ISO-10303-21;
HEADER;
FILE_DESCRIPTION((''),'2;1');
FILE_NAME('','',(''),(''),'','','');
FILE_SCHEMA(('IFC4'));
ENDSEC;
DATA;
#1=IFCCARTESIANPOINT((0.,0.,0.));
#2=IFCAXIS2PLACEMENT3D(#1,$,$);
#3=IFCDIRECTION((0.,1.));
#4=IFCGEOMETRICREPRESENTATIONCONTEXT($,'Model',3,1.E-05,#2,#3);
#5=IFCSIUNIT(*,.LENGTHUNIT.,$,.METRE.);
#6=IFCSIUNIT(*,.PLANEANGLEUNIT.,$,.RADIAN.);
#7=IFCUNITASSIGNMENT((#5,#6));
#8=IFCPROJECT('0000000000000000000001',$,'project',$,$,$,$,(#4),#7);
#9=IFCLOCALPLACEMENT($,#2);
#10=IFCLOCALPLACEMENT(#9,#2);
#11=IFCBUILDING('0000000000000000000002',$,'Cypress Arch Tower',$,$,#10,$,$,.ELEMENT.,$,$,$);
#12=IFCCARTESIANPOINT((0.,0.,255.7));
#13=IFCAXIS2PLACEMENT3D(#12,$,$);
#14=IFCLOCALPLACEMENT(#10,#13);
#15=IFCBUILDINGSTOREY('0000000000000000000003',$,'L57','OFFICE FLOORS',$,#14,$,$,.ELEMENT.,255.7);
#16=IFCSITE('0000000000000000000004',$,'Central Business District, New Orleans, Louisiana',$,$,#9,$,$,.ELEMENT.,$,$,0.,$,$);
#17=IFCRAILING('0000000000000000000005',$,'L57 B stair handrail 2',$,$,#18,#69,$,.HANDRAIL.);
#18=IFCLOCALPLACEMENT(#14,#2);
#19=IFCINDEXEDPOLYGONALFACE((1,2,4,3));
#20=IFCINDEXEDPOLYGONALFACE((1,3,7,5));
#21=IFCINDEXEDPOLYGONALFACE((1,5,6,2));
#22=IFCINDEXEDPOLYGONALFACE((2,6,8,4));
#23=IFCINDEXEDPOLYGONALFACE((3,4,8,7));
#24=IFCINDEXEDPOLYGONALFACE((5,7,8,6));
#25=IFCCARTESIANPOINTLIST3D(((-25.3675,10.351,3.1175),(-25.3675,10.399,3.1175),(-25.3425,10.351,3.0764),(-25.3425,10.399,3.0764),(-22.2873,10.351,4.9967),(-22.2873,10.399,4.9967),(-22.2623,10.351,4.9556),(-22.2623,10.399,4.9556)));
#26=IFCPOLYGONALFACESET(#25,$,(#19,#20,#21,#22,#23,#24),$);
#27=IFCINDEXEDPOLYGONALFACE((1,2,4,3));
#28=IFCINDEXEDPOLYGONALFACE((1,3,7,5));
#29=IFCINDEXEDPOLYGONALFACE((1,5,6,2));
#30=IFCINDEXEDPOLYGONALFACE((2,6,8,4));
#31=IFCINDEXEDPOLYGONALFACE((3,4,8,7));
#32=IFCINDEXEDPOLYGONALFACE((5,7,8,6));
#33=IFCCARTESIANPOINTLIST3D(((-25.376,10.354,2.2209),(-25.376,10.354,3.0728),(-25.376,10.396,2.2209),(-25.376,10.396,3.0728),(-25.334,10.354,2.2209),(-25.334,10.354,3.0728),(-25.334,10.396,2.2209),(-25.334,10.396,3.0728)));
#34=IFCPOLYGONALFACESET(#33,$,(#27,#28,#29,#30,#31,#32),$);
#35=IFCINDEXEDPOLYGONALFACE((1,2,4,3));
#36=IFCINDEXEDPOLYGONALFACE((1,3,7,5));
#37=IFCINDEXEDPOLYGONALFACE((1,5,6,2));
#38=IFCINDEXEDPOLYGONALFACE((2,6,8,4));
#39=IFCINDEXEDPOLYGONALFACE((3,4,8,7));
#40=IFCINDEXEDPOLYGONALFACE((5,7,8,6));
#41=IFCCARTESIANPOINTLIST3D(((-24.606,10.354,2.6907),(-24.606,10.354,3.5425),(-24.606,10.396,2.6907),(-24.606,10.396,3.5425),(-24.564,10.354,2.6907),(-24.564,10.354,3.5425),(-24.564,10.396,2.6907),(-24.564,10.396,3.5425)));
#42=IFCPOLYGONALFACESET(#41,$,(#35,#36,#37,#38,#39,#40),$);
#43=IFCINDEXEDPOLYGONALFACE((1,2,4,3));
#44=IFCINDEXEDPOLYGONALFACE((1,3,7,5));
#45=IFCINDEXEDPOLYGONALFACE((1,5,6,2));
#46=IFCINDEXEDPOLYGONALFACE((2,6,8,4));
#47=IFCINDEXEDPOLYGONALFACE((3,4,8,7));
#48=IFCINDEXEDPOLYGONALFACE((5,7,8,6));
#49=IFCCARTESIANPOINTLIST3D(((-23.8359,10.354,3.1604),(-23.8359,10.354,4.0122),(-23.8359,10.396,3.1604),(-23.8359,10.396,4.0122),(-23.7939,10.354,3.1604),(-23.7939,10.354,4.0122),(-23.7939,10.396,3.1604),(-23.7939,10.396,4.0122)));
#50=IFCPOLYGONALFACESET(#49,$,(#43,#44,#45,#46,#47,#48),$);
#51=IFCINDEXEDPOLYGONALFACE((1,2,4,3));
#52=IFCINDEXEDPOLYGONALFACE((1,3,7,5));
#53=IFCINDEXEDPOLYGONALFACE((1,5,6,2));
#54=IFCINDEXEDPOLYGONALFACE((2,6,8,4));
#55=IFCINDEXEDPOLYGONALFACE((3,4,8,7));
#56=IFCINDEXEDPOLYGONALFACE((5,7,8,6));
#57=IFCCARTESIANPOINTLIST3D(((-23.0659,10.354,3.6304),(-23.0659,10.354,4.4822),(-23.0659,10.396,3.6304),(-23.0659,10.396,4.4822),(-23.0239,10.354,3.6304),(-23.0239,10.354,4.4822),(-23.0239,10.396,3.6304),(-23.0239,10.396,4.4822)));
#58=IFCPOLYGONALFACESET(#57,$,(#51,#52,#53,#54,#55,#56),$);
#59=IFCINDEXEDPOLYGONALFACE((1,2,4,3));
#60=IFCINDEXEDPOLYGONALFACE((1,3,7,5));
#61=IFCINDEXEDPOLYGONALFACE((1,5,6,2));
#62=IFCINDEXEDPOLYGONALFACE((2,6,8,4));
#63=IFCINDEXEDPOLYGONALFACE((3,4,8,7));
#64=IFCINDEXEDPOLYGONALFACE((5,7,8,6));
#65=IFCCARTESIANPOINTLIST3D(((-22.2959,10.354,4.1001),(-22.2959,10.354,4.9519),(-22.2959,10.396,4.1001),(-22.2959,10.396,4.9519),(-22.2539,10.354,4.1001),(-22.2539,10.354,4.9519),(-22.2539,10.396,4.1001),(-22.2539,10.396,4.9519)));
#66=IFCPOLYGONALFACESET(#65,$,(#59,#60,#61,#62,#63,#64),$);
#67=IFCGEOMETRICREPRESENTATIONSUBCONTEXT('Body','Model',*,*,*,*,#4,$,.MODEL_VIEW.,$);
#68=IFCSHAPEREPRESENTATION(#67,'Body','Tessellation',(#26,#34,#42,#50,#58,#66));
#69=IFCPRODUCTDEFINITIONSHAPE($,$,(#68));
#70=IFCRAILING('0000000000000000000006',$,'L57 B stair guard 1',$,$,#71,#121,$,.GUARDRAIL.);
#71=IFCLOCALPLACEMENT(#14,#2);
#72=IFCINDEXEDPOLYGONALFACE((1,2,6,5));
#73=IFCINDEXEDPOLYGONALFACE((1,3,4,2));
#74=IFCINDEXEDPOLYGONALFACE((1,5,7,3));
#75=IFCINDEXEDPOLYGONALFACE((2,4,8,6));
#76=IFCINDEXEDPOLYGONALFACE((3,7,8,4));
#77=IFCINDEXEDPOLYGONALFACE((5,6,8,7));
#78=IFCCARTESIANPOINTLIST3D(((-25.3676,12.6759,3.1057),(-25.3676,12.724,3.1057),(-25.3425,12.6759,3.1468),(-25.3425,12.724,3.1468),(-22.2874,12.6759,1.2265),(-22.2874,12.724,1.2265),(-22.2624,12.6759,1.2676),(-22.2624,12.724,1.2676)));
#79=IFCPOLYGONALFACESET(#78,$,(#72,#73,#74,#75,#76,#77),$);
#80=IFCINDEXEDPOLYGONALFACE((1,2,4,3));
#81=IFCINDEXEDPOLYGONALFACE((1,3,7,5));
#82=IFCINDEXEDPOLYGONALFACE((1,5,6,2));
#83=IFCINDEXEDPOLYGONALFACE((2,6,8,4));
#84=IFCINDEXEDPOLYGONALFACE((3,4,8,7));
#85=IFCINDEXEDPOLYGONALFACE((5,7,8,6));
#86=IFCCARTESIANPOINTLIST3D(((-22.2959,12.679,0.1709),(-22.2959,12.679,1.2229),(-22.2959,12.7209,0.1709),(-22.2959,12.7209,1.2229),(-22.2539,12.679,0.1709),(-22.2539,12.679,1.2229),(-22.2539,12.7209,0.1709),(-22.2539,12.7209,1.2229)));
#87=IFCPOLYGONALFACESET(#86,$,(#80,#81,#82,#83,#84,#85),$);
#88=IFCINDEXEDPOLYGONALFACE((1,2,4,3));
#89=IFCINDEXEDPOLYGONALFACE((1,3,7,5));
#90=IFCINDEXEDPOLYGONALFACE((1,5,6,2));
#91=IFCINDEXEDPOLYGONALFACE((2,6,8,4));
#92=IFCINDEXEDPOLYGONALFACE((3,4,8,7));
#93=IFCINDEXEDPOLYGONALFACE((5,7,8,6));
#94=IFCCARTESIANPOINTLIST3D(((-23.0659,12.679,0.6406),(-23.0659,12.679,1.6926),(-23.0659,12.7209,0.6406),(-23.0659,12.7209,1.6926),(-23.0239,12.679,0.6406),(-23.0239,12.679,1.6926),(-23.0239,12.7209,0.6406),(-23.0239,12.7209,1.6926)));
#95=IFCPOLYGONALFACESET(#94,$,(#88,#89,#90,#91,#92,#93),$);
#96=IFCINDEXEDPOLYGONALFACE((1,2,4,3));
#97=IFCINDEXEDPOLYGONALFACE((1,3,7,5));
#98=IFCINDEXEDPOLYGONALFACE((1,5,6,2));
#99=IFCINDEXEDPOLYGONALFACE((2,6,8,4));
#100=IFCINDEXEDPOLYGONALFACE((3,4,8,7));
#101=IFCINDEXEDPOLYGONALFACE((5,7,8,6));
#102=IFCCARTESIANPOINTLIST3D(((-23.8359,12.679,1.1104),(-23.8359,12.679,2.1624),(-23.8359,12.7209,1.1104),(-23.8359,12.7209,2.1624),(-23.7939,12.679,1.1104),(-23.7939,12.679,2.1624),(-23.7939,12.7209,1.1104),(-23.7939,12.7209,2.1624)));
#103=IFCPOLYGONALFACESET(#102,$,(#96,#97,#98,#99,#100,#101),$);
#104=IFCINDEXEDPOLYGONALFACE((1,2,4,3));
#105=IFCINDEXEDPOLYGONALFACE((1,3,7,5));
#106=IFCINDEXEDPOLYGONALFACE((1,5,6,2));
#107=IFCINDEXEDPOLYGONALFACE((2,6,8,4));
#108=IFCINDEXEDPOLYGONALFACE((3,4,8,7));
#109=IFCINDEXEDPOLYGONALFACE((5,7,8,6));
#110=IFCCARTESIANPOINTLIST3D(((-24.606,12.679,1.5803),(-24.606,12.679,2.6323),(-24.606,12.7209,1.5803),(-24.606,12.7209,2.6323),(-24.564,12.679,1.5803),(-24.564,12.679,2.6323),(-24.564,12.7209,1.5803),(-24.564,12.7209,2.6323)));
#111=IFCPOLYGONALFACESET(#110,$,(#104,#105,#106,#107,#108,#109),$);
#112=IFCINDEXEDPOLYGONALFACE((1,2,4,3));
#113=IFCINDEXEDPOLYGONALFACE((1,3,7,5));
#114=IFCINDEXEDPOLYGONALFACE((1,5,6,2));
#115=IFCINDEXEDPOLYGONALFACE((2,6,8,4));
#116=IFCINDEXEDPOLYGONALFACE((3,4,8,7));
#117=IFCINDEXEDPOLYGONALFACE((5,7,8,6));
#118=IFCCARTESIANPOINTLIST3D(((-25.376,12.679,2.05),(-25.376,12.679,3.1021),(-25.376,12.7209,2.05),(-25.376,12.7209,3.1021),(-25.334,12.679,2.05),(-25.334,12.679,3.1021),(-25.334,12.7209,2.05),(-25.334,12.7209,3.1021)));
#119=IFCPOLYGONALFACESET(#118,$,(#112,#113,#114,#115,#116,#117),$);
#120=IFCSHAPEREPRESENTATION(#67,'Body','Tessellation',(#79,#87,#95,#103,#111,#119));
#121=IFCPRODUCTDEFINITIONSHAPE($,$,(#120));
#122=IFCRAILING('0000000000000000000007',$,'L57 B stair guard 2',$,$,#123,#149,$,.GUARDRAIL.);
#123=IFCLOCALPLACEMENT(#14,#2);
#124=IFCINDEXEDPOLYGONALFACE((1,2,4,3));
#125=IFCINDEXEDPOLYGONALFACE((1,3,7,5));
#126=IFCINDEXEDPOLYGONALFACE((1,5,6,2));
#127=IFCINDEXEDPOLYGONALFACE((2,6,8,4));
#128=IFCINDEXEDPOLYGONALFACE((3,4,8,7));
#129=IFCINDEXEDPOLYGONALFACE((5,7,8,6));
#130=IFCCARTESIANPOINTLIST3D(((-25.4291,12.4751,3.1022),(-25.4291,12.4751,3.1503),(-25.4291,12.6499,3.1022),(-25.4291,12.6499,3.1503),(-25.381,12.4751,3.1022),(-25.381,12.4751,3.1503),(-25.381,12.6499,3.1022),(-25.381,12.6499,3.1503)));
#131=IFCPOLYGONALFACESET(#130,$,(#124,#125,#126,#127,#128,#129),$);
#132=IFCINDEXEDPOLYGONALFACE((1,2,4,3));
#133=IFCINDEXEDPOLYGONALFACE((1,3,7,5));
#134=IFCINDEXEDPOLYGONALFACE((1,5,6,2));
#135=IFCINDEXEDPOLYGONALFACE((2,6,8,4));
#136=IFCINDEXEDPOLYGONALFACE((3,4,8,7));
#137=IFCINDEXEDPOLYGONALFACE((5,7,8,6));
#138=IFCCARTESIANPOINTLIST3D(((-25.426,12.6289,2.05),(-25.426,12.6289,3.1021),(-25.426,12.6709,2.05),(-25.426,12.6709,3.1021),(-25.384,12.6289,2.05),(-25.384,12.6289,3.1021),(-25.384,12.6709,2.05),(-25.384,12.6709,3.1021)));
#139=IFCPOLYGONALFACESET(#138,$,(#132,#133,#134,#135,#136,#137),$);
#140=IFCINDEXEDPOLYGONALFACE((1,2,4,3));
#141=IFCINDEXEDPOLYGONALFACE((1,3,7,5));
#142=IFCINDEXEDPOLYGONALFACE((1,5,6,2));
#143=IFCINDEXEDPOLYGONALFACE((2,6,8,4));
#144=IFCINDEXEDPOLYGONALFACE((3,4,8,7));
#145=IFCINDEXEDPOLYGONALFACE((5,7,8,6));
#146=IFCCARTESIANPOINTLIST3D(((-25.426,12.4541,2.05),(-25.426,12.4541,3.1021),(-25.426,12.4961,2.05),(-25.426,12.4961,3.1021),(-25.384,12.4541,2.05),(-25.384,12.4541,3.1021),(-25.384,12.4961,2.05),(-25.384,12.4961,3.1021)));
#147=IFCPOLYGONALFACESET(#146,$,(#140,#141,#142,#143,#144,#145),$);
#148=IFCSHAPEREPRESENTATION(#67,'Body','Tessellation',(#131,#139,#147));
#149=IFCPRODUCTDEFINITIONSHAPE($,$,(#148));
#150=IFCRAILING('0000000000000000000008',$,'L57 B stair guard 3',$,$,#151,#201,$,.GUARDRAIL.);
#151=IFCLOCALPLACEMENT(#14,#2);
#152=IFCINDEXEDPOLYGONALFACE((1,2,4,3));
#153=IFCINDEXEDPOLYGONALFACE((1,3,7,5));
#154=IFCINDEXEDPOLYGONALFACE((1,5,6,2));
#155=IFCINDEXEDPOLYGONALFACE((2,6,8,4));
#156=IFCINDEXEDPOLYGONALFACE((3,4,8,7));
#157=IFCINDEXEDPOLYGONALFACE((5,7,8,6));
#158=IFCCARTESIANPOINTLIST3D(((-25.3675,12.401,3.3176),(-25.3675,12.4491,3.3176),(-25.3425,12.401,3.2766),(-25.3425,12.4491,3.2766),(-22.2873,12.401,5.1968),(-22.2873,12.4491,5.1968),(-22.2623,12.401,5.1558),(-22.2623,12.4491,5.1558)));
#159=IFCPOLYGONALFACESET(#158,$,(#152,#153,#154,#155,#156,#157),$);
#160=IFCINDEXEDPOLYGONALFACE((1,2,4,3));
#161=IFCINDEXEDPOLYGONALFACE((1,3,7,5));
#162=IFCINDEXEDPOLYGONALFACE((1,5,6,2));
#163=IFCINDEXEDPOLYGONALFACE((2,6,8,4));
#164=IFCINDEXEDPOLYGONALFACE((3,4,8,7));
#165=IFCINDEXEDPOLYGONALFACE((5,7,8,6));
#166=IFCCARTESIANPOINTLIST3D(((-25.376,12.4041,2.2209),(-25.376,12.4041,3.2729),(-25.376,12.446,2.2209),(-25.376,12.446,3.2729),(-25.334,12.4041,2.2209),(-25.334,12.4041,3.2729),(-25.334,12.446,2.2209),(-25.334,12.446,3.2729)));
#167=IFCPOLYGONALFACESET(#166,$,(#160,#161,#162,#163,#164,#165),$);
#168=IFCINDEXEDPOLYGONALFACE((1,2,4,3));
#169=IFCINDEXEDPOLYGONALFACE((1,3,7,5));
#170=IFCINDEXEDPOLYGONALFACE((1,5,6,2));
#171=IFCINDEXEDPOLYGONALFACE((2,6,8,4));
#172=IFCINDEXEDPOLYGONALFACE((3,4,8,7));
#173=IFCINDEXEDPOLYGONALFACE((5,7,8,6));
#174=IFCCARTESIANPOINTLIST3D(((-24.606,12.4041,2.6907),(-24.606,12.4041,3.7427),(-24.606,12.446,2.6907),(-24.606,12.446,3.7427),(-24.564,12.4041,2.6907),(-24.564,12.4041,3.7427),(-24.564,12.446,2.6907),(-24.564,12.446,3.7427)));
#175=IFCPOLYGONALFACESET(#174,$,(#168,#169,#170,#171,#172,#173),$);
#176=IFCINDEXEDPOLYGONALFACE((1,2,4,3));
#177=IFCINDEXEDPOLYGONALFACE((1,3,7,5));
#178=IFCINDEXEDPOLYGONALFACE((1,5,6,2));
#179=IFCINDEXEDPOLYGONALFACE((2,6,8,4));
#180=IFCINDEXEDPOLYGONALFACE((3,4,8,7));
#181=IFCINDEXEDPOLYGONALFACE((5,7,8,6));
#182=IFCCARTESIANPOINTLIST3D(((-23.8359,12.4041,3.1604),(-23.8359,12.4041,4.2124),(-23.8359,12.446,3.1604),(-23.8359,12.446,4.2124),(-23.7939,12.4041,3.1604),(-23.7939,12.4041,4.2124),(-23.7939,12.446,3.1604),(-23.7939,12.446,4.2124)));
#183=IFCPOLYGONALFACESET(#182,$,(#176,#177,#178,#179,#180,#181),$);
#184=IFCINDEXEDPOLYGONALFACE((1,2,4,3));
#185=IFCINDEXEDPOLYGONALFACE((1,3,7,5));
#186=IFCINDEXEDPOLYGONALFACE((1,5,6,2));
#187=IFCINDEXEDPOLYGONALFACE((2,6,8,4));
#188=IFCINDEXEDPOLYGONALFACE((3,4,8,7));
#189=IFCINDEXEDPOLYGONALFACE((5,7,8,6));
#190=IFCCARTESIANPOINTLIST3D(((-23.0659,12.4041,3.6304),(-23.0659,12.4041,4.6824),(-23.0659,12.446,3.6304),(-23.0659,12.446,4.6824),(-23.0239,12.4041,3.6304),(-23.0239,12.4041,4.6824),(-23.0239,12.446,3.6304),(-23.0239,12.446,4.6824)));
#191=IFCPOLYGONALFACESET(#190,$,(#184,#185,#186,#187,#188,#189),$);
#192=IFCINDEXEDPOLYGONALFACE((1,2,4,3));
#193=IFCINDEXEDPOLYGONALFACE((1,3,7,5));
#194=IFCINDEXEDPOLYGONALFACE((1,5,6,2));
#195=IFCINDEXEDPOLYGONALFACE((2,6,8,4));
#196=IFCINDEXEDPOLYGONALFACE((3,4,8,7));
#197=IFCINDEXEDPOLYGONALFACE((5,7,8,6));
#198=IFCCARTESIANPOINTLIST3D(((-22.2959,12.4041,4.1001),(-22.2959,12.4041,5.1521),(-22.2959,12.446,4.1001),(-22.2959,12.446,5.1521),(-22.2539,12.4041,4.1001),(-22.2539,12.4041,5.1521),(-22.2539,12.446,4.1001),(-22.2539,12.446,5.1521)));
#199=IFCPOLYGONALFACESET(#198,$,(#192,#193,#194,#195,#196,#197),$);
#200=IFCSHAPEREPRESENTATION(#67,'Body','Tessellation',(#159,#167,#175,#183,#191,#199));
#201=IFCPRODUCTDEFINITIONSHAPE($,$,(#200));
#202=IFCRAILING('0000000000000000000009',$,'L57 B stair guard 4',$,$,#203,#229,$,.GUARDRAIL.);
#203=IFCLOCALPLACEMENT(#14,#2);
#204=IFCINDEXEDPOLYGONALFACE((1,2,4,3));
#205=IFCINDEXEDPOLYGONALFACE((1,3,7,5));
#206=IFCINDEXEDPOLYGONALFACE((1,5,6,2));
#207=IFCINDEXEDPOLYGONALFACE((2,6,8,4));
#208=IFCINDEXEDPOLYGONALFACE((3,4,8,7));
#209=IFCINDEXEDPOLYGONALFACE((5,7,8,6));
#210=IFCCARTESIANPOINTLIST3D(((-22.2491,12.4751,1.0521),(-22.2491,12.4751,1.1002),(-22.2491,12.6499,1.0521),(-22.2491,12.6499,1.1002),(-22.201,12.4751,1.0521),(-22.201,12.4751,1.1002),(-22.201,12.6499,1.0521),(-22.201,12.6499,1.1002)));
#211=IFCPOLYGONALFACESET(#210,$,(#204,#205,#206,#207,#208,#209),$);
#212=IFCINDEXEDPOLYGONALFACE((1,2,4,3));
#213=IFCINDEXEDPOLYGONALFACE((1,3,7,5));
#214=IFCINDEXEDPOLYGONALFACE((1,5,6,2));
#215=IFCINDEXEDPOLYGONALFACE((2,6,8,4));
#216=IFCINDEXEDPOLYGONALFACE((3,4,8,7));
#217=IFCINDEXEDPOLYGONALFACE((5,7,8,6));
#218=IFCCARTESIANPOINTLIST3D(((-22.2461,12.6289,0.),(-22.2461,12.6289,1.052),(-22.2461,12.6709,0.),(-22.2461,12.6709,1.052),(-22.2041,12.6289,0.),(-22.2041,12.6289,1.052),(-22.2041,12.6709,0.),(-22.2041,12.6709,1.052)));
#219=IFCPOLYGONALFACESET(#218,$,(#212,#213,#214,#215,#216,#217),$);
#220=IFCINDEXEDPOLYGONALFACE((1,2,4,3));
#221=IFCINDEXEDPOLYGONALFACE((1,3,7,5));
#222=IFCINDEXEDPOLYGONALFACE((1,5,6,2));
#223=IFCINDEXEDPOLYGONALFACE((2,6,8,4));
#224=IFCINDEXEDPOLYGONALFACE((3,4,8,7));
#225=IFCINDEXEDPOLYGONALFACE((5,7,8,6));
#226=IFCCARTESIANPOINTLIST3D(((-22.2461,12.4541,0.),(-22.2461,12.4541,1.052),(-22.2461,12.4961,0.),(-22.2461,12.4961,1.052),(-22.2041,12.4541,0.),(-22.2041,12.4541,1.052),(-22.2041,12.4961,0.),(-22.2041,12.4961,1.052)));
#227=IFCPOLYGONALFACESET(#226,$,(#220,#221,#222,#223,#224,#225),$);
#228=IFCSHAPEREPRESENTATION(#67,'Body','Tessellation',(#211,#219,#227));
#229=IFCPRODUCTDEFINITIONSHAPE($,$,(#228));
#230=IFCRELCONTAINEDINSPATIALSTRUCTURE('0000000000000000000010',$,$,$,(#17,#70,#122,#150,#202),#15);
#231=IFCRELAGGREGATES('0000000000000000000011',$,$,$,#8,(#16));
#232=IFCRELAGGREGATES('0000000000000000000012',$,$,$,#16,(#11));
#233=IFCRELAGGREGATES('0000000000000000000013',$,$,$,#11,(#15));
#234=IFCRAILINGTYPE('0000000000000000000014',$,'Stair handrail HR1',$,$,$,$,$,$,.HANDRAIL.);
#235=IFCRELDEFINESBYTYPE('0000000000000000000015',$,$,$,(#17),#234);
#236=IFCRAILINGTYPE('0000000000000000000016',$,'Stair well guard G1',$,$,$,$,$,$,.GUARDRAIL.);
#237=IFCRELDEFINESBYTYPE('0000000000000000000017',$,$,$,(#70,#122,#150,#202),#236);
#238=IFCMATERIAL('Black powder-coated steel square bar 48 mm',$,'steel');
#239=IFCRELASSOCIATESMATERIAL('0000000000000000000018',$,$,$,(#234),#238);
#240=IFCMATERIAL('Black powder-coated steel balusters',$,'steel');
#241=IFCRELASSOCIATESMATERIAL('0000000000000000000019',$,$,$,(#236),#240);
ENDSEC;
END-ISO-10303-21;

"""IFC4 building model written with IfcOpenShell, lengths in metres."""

from ifc_helpers import new_model, si_unit, direction, frame, origin, origin_2d, place, context, subcontext, project, spatial, rectangle, extrude, material, type_object, element, save


model = new_model("IFC4")

# Units and contexts
model_context = context("Model", 3, precision=1e-05, world=origin(), true_north=direction((0.0, 1.0)))
body_context = subcontext(model_context, "Body", "Model", "MODEL_VIEW")
ifc_project = project(units=[si_unit("LENGTHUNIT", "METRE"), si_unit("PLANEANGLEUNIT", "RADIAN")], contexts=[model_context])

# Site, building, storey
site_placement = place(None, origin())
site = spatial("IfcSite", under=ifc_project, at=site_placement, Name="Central Business District, New Orleans, Louisiana", CompositionType="ELEMENT", RefElevation=0.0)
building_placement = place(site_placement, origin())
building = spatial("IfcBuilding", under=site, at=building_placement, Name="Cypress Arch Tower", CompositionType="ELEMENT")
storey_placement = place(building_placement, frame((0.0, 0.0, 255.7)))
storey = spatial("IfcBuildingStorey", under=building, at=storey_placement, Name="L57", Description="OFFICE FLOORS", CompositionType="ELEMENT", Elevation=255.7)

# Railings
ifc_material_1 = material(Name="Black powder-coated steel square bar 48 mm", Category="steel")
railing_type_1 = type_object("IfcRailingType", Name="Stair handrail HR1", PredefinedType="HANDRAIL", material=ifc_material_1)
railing_1_placement = place(storey_placement, frame((-25.355, 10.375, 2.2209)))
element("IfcRailing", 1, at=railing_1_placement, inside=storey, type_object=railing_type_1, Name="L57 B stair handrail 2", PredefinedType="HANDRAIL", context=body_context, shape_type="SweptSolid", body=[
    extrude(rectangle(XDim=0.0481, YDim=0.0481, at=origin_2d()), frame((0.0, 0.0, 0.876), z_axis=(0.853666, 0.0, 0.52082), x_axis=(0.0, 1.0, 0.0)), (0.0, 0.0, 1.0), 3.6082),
    extrude(rectangle(XDim=0.042, YDim=0.042, at=origin_2d()), origin(), (0.0, 0.0, 1.0), 0.8518),
    extrude(rectangle(XDim=0.042, YDim=0.042, at=origin_2d()), frame((0.77, 0.0, 0.4697)), (0.0, 0.0, 1.0), 0.8518),
    extrude(rectangle(XDim=0.042, YDim=0.042, at=origin_2d()), frame((1.54, 0.0, 0.9395)), (0.0, 0.0, 1.0), 0.8518),
    extrude(rectangle(XDim=0.042, YDim=0.042, at=origin_2d()), frame((2.3101, 0.0, 1.4094)), (0.0, 0.0, 1.0), 0.8518),
    extrude(rectangle(XDim=0.042, YDim=0.042, at=origin_2d()), frame((3.0801, 0.0, 1.8792)), (0.0, 0.0, 1.0), 0.8518),
])
ifc_material_2 = material(Name="Black powder-coated steel balusters", Category="steel")
railing_type_2 = type_object("IfcRailingType", Name="Stair well guard G1", PredefinedType="GUARDRAIL", material=ifc_material_2)
railing_2_placement = place(storey_placement, frame((-22.2749, 12.7, 0.1709)))
element("IfcRailing", 2, at=railing_2_placement, inside=storey, type_object=railing_type_2, Name="L57 B stair guard 1", PredefinedType="GUARDRAIL", context=body_context, shape_type="SweptSolid", body=[
    extrude(rectangle(XDim=0.0481, YDim=0.0481, at=origin_2d()), frame((0.0, 0.0, 1.0762), z_axis=(-0.853666, 0.0, 0.52082), x_axis=(0.0, -1.0, 0.0)), (0.0, 0.0, 1.0), 3.6082),
    extrude(rectangle(XDim=0.042, YDim=0.042, at=origin_2d()), origin(), (0.0, 0.0, 1.0), 1.052),
    extrude(rectangle(XDim=0.042, YDim=0.042, at=origin_2d()), frame((-0.77, 0.0, 0.4697)), (0.0, 0.0, 1.0), 1.052),
    extrude(rectangle(XDim=0.042, YDim=0.042, at=origin_2d()), frame((-1.54, 0.0, 0.9395)), (0.0, 0.0, 1.0), 1.052),
    extrude(rectangle(XDim=0.042, YDim=0.042, at=origin_2d()), frame((-2.3101, 0.0, 1.4094)), (0.0, 0.0, 1.0), 1.052),
    extrude(rectangle(XDim=0.042, YDim=0.042, at=origin_2d()), frame((-3.0801, 0.0, 1.8792)), (0.0, 0.0, 1.0), 1.052),
])
railing_3_placement = place(storey_placement, frame((-25.405, 12.6499, 2.05)))
element("IfcRailing", 3, at=railing_3_placement, inside=storey, type_object=railing_type_2, Name="L57 B stair guard 2", PredefinedType="GUARDRAIL", context=body_context, shape_type="SweptSolid", body=[
    extrude(rectangle(XDim=0.0481, YDim=0.0481, at=origin_2d()), frame((0.0, 0.0, 1.0762), z_axis=(0.0, -1.0, 0.0), x_axis=(1.0, 0.0, 0.0)), (0.0, 0.0, 1.0), 0.1748),
    extrude(rectangle(XDim=0.042, YDim=0.042, at=origin_2d()), origin(), (0.0, 0.0, 1.0), 1.052),
    extrude(rectangle(XDim=0.042, YDim=0.042, at=origin_2d()), frame((0.0, -0.1748, 0.0)), (0.0, 0.0, 1.0), 1.052),
])
railing_4_placement = place(storey_placement, frame((-25.355, 12.425, 2.2209)))
element("IfcRailing", 4, at=railing_4_placement, inside=storey, type_object=railing_type_2, Name="L57 B stair guard 3", PredefinedType="GUARDRAIL", context=body_context, shape_type="SweptSolid", body=[
    extrude(rectangle(XDim=0.0481, YDim=0.0481, at=origin_2d()), frame((0.0, 0.0, 1.0762), z_axis=(0.853666, 0.0, 0.52082), x_axis=(0.0, 1.0, 0.0)), (0.0, 0.0, 1.0), 3.6082),
    extrude(rectangle(XDim=0.042, YDim=0.042, at=origin_2d()), origin(), (0.0, 0.0, 1.0), 1.052),
    extrude(rectangle(XDim=0.042, YDim=0.042, at=origin_2d()), frame((0.77, 0.0, 0.4697)), (0.0, 0.0, 1.0), 1.052),
    extrude(rectangle(XDim=0.042, YDim=0.042, at=origin_2d()), frame((1.54, 0.0, 0.9395)), (0.0, 0.0, 1.0), 1.052),
    extrude(rectangle(XDim=0.042, YDim=0.042, at=origin_2d()), frame((2.3101, 0.0, 1.4094)), (0.0, 0.0, 1.0), 1.052),
    extrude(rectangle(XDim=0.042, YDim=0.042, at=origin_2d()), frame((3.0801, 0.0, 1.8792)), (0.0, 0.0, 1.0), 1.052),
])
railing_5_placement = place(storey_placement, frame((-22.2251, 12.6499, 0.0)))
element("IfcRailing", 5, at=railing_5_placement, inside=storey, type_object=railing_type_2, Name="L57 B stair guard 4", PredefinedType="GUARDRAIL", context=body_context, shape_type="SweptSolid", body=[
    extrude(rectangle(XDim=0.0481, YDim=0.0481, at=origin_2d()), frame((0.0, 0.0, 1.0762), z_axis=(0.0, -1.0, 0.0), x_axis=(1.0, 0.0, 0.0)), (0.0, 0.0, 1.0), 0.1748),
    extrude(rectangle(XDim=0.042, YDim=0.042, at=origin_2d()), origin(), (0.0, 0.0, 1.0), 1.052),
    extrude(rectangle(XDim=0.042, YDim=0.042, at=origin_2d()), frame((0.0, -0.1748, 0.0)), (0.0, 0.0, 1.0), 1.052),
])

save(model, "model.ifc")
